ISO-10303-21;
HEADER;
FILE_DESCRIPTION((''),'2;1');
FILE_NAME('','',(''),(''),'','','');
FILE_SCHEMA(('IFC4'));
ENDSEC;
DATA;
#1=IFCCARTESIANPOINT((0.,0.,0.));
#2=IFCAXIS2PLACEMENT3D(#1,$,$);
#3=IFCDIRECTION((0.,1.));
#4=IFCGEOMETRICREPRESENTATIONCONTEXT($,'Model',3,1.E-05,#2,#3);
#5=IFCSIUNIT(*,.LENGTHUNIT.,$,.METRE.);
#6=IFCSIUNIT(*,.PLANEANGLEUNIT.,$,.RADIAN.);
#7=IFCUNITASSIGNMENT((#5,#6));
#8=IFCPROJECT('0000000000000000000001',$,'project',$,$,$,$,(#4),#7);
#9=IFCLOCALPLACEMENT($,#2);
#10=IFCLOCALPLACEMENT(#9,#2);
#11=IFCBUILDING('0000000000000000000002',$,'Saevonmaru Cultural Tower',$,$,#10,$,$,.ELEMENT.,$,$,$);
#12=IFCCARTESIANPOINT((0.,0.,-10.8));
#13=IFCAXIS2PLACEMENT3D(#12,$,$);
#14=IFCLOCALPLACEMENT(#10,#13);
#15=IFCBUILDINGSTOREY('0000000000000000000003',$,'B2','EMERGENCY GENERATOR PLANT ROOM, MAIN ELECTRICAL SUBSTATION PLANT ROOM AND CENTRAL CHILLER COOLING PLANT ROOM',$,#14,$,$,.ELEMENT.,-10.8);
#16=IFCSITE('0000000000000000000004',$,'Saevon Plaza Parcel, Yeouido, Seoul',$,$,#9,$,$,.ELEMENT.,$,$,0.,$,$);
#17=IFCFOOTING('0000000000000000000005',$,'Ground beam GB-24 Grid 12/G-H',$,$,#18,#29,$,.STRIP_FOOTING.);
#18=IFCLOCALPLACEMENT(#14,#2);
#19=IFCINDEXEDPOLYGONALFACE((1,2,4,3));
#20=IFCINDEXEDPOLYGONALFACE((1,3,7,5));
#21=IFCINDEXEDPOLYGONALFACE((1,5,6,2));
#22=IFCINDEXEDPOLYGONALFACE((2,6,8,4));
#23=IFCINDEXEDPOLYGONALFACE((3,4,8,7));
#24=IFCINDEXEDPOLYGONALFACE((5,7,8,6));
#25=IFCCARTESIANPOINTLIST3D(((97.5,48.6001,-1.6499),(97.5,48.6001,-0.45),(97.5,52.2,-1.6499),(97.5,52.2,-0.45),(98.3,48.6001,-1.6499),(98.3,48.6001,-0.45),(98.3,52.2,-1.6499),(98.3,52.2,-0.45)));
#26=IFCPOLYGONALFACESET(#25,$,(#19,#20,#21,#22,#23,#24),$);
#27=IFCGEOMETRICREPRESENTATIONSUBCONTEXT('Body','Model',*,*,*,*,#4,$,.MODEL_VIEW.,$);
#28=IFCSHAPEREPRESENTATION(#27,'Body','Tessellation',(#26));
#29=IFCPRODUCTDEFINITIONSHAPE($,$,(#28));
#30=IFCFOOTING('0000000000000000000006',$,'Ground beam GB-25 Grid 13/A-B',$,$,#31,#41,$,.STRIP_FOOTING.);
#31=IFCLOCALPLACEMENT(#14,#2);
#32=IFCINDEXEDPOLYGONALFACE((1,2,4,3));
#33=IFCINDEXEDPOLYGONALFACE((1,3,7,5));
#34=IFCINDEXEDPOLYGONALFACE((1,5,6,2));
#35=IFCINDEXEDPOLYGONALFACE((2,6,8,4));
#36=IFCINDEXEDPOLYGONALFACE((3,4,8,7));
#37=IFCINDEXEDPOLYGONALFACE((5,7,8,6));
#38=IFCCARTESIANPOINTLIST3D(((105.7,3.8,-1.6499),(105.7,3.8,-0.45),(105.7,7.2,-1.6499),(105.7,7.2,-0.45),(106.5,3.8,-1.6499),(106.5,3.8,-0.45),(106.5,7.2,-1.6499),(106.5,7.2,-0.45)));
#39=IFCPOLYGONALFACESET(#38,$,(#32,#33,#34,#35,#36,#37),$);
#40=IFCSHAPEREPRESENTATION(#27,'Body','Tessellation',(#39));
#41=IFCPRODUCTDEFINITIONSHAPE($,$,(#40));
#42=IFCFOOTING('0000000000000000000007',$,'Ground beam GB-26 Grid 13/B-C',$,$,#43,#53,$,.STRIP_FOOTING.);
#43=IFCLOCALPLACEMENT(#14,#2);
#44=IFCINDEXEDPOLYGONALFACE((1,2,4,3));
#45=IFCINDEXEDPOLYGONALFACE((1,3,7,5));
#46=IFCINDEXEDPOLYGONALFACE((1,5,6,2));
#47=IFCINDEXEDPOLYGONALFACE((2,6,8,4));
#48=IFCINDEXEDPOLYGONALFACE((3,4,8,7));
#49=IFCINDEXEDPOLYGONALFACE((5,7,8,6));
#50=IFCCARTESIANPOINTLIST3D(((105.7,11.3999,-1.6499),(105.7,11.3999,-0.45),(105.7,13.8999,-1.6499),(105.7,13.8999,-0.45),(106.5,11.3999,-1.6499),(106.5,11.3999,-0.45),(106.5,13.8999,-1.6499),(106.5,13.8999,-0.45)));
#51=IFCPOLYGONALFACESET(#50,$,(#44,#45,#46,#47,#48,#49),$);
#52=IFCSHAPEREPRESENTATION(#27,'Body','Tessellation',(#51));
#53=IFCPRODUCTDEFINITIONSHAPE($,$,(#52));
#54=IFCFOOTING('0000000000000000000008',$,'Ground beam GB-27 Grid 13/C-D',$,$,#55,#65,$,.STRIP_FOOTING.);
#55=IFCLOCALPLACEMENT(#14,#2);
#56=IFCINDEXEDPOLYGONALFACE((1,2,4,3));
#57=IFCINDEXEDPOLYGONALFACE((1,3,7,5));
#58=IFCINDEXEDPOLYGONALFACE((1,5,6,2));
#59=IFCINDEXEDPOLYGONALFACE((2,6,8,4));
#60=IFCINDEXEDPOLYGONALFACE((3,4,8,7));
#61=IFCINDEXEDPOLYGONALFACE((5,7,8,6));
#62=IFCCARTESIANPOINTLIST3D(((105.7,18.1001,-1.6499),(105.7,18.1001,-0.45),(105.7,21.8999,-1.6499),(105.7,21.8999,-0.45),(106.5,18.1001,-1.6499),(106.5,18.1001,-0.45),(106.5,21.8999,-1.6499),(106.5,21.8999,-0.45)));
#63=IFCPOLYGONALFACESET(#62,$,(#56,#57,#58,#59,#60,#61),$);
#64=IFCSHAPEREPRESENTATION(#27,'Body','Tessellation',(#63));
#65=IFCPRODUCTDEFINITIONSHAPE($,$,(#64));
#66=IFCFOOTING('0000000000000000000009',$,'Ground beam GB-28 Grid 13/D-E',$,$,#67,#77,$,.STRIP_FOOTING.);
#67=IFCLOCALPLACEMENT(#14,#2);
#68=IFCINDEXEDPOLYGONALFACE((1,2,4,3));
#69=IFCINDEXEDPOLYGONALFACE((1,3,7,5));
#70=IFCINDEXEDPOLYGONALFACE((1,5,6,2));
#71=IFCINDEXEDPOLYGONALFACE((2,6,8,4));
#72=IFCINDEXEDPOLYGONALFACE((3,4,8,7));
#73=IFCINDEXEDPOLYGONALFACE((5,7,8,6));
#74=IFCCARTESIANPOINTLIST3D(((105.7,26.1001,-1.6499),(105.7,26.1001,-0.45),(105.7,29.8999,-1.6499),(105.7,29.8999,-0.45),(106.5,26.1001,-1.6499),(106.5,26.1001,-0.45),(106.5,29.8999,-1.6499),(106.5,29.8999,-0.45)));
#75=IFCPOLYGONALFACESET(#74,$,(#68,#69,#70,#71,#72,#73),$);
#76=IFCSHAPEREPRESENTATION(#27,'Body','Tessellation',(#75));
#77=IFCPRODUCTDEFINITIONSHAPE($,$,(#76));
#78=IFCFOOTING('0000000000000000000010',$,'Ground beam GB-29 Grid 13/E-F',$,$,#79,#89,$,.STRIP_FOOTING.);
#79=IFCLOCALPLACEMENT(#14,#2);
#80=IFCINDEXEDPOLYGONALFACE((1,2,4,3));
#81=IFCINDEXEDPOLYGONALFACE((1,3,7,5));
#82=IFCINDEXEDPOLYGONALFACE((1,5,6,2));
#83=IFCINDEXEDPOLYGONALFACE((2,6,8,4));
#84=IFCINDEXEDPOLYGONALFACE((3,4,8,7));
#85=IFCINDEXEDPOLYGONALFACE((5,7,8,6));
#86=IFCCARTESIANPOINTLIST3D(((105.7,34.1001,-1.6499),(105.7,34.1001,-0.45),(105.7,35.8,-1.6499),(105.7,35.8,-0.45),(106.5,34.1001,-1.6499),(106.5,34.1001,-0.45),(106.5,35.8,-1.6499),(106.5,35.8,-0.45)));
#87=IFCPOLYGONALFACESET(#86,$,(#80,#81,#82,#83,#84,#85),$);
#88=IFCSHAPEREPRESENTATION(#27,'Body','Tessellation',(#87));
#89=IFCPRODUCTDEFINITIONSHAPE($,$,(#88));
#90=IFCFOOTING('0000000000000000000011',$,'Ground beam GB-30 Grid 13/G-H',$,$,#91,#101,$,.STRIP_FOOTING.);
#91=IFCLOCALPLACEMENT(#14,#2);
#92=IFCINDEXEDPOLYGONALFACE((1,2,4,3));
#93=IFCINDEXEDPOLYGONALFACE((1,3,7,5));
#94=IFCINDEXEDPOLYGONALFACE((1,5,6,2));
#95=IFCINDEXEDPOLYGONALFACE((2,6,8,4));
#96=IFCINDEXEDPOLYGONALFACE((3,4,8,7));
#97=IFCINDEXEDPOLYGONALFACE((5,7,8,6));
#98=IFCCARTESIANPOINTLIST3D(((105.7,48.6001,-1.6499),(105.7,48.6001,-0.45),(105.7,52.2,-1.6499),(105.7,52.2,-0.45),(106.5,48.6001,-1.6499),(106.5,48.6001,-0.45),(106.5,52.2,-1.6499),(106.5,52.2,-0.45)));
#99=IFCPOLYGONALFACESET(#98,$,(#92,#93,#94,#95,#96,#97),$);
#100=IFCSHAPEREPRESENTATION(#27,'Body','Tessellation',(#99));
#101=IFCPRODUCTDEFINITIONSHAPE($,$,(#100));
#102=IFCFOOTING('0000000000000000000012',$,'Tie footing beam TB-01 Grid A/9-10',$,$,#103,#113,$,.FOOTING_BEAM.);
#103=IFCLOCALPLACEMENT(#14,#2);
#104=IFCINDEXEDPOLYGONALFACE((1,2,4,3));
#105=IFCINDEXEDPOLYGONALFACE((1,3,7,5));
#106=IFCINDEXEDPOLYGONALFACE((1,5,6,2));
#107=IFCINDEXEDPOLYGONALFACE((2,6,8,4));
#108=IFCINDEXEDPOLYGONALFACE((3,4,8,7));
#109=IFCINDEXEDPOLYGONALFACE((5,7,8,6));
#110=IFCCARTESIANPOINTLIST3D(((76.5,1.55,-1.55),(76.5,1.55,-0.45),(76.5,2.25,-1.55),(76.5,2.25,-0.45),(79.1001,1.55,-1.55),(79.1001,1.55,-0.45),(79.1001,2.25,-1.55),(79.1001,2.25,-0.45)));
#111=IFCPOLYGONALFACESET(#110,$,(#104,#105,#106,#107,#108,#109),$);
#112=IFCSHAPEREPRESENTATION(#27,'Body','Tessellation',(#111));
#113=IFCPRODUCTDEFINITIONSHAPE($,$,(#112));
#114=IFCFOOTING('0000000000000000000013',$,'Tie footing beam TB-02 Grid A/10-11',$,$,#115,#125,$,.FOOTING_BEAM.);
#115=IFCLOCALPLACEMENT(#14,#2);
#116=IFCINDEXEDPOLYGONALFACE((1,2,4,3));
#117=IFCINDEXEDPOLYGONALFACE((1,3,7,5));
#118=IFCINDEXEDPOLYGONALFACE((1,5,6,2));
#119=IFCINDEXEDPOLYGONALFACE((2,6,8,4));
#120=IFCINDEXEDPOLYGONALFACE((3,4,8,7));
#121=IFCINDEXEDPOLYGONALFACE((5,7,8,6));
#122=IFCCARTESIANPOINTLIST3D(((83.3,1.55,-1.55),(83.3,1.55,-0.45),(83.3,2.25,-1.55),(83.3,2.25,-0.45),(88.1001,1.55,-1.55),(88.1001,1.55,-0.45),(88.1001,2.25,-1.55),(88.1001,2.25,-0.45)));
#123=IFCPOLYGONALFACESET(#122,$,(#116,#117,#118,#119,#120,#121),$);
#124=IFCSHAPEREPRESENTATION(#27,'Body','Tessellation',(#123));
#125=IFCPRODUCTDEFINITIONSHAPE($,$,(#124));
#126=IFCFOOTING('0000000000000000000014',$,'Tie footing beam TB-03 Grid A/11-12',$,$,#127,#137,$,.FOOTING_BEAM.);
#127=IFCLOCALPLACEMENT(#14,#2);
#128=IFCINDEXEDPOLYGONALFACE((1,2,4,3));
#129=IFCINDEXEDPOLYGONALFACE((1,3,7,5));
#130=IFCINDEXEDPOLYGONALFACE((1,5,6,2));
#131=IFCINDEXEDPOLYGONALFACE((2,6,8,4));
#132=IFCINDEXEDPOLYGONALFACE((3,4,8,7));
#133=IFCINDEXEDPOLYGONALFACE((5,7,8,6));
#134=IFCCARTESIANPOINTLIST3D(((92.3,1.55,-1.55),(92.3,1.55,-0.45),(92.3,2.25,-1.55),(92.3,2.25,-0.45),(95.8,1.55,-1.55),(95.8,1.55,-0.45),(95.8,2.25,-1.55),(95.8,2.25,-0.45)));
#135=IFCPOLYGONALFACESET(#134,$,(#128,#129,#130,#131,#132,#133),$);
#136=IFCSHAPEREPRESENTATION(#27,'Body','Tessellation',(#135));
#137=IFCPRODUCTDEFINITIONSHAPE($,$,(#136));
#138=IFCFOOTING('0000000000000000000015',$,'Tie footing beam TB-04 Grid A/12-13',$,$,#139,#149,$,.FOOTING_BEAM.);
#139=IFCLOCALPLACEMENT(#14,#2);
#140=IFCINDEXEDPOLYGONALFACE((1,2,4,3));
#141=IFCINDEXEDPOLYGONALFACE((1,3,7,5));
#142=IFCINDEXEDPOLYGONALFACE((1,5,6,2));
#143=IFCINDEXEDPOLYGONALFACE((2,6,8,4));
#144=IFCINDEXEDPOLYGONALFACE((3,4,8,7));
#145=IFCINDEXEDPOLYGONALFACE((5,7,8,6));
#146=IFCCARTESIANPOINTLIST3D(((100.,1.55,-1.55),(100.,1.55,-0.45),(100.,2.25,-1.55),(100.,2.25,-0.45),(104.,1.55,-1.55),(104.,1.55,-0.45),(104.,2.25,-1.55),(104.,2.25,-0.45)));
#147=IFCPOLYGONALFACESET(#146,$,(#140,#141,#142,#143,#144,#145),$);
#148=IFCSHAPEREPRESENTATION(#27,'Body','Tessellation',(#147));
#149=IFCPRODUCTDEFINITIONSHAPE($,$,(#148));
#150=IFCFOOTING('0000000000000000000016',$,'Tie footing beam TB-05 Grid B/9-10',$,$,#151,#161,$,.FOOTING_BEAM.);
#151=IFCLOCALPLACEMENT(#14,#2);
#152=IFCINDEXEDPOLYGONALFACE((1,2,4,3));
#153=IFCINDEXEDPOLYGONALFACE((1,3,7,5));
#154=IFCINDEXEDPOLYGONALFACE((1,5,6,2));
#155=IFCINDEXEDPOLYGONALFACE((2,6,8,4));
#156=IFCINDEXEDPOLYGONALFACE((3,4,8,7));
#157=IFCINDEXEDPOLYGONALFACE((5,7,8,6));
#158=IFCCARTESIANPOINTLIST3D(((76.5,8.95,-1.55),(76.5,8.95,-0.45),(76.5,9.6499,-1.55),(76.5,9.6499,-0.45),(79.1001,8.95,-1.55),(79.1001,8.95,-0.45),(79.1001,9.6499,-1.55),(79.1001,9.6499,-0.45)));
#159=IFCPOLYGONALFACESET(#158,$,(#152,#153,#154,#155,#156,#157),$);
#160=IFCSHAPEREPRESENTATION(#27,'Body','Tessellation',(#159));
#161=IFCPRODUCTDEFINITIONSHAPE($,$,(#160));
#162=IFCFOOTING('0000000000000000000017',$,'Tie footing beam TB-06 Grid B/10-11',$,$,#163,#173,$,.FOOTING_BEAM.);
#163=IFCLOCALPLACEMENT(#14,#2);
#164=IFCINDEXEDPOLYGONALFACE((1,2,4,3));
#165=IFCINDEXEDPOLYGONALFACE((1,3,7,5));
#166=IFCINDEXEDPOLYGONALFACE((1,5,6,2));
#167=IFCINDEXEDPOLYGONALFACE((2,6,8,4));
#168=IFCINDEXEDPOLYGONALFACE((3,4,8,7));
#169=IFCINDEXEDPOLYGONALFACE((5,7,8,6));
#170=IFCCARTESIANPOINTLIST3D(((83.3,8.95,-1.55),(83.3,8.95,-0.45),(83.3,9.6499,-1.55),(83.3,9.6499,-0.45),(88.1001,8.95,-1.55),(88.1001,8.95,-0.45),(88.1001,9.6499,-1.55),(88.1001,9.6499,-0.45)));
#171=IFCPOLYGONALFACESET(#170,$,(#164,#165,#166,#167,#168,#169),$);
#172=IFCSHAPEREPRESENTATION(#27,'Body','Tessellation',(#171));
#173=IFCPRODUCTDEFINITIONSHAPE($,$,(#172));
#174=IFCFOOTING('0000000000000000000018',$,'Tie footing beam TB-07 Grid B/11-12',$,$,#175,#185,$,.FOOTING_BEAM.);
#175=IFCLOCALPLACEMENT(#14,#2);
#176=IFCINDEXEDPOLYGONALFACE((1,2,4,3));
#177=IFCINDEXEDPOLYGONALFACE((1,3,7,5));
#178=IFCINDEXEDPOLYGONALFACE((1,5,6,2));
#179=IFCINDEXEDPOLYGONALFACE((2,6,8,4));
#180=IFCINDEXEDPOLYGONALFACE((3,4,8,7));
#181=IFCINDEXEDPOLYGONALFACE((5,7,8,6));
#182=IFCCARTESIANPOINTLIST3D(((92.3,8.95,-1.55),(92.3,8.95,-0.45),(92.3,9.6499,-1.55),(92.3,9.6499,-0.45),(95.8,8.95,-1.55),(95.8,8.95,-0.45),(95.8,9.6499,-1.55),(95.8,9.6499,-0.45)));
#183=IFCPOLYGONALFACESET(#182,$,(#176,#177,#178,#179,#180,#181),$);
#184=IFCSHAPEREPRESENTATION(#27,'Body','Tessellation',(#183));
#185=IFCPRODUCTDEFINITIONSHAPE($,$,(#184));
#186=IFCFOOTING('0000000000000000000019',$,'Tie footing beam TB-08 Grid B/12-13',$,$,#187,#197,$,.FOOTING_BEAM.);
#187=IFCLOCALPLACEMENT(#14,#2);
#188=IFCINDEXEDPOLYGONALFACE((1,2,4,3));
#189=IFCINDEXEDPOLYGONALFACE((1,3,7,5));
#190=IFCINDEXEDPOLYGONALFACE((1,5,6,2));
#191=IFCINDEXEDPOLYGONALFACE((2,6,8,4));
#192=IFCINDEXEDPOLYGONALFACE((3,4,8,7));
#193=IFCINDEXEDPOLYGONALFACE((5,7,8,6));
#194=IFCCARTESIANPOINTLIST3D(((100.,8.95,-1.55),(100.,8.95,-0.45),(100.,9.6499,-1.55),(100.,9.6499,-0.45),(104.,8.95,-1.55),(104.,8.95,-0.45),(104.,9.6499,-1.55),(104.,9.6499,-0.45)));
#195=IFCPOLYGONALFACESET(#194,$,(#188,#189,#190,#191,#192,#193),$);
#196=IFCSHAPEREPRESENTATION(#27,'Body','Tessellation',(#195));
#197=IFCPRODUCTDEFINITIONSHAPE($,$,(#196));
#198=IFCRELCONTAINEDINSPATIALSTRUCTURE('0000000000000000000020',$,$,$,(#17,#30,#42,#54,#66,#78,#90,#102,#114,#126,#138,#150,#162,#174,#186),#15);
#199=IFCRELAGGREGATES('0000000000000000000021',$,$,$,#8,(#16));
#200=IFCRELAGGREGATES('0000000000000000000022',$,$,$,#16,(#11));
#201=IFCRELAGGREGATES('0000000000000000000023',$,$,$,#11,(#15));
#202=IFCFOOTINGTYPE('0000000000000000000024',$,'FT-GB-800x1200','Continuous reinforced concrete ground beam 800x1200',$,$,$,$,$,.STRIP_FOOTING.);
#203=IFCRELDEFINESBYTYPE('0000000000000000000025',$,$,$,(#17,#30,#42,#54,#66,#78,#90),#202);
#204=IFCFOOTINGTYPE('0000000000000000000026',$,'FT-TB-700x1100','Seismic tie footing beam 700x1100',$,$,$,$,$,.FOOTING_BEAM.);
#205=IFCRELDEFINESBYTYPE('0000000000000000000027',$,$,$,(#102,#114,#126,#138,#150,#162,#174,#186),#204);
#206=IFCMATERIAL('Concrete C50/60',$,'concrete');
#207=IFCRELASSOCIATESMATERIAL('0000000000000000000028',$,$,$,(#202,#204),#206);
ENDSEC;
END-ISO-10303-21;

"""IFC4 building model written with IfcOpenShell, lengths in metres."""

from ifc_helpers import new_model, si_unit, direction, frame, origin, place, context, subcontext, project, spatial, polyline, outline, extrude, material, type_object, element, save


model = new_model("IFC4")

# Units and contexts
model_context = context("Model", 3, precision=1e-05, world=origin(), true_north=direction((0.0, 1.0)))
body_context = subcontext(model_context, "Body", "Model", "MODEL_VIEW")
ifc_project = project(units=[si_unit("LENGTHUNIT", "METRE"), si_unit("PLANEANGLEUNIT", "RADIAN")], contexts=[model_context])

# Site, building, storey
site_placement = place(None, origin())
site = spatial("IfcSite", under=ifc_project, at=site_placement, Name="Saevon Plaza Parcel, Yeouido, Seoul", CompositionType="ELEMENT", RefElevation=0.0)
building_placement = place(site_placement, origin())
building = spatial("IfcBuilding", under=site, at=building_placement, Name="Saevonmaru Cultural Tower", CompositionType="ELEMENT")
storey_placement = place(building_placement, frame((0.0, 0.0, -10.8)))
storey = spatial("IfcBuildingStorey", under=building, at=storey_placement, Name="B2", Description="EMERGENCY GENERATOR PLANT ROOM, MAIN ELECTRICAL SUBSTATION PLANT ROOM AND CENTRAL CHILLER COOLING PLANT ROOM", CompositionType="ELEMENT", Elevation=-10.8)

# Footings
ifc_material = material(Name="Concrete C50/60", Category="concrete")
footing_type_1 = type_object("IfcFootingType", Name="FT-GB-800x1200", Description="Continuous reinforced concrete ground beam 800x1200", PredefinedType="STRIP_FOOTING", material=ifc_material)
footing_1_placement = place(storey_placement, frame((0.0, 0.0, -1.6499)))
element("IfcFooting", 1, at=footing_1_placement, inside=storey, type_object=footing_type_1, Name="Ground beam GB-24 Grid 12/G-H", PredefinedType="STRIP_FOOTING", context=body_context, shape_type="SweptSolid", body=[
    extrude(outline(polyline([(97.5, 48.6001), (98.3, 48.6001), (98.3, 52.2), (97.5, 52.2), (97.5, 48.6001)])), origin(), (0.0, 0.0, 1.0), 1.2),
])
footing_2_placement = place(storey_placement, frame((0.0, 0.0, -1.6499)))
element("IfcFooting", 2, at=footing_2_placement, inside=storey, type_object=footing_type_1, Name="Ground beam GB-25 Grid 13/A-B", PredefinedType="STRIP_FOOTING", context=body_context, shape_type="SweptSolid", body=[
    extrude(outline(polyline([(105.7, 3.8), (106.5, 3.8), (106.5, 7.2), (105.7, 7.2), (105.7, 3.8)])), origin(), (0.0, 0.0, 1.0), 1.2),
])
footing_3_placement = place(storey_placement, frame((0.0, 0.0, -1.6499)))
element("IfcFooting", 3, at=footing_3_placement, inside=storey, type_object=footing_type_1, Name="Ground beam GB-26 Grid 13/B-C", PredefinedType="STRIP_FOOTING", context=body_context, shape_type="SweptSolid", body=[
    extrude(outline(polyline([(105.7, 11.3999), (106.5, 11.3999), (106.5, 13.8999), (105.7, 13.8999), (105.7, 11.3999)])), origin(), (0.0, 0.0, 1.0), 1.2),
])
footing_4_placement = place(storey_placement, frame((0.0, 0.0, -1.6499)))
element("IfcFooting", 4, at=footing_4_placement, inside=storey, type_object=footing_type_1, Name="Ground beam GB-27 Grid 13/C-D", PredefinedType="STRIP_FOOTING", context=body_context, shape_type="SweptSolid", body=[
    extrude(outline(polyline([(105.7, 18.1001), (106.5, 18.1001), (106.5, 21.8999), (105.7, 21.8999), (105.7, 18.1001)])), origin(), (0.0, 0.0, 1.0), 1.2),
])
footing_5_placement = place(storey_placement, frame((0.0, 0.0, -1.6499)))
element("IfcFooting", 5, at=footing_5_placement, inside=storey, type_object=footing_type_1, Name="Ground beam GB-28 Grid 13/D-E", PredefinedType="STRIP_FOOTING", context=body_context, shape_type="SweptSolid", body=[
    extrude(outline(polyline([(105.7, 26.1001), (106.5, 26.1001), (106.5, 29.8999), (105.7, 29.8999), (105.7, 26.1001)])), origin(), (0.0, 0.0, 1.0), 1.2),
])
footing_6_placement = place(storey_placement, frame((0.0, 0.0, -1.6499)))
element("IfcFooting", 6, at=footing_6_placement, inside=storey, type_object=footing_type_1, Name="Ground beam GB-29 Grid 13/E-F", PredefinedType="STRIP_FOOTING", context=body_context, shape_type="SweptSolid", body=[
    extrude(outline(polyline([(105.7, 34.1001), (106.5, 34.1001), (106.5, 35.8), (105.7, 35.8), (105.7, 34.1001)])), origin(), (0.0, 0.0, 1.0), 1.2),
])
footing_7_placement = place(storey_placement, frame((0.0, 0.0, -1.6499)))
element("IfcFooting", 7, at=footing_7_placement, inside=storey, type_object=footing_type_1, Name="Ground beam GB-30 Grid 13/G-H", PredefinedType="STRIP_FOOTING", context=body_context, shape_type="SweptSolid", body=[
    extrude(outline(polyline([(105.7, 48.6001), (106.5, 48.6001), (106.5, 52.2), (105.7, 52.2), (105.7, 48.6001)])), origin(), (0.0, 0.0, 1.0), 1.2),
])
footing_type_2 = type_object("IfcFootingType", Name="FT-TB-700x1100", Description="Seismic tie footing beam 700x1100", PredefinedType="FOOTING_BEAM", material=ifc_material)
footing_8_placement = place(storey_placement, frame((0.0, 0.0, -1.55)))
element("IfcFooting", 8, at=footing_8_placement, inside=storey, type_object=footing_type_2, Name="Tie footing beam TB-01 Grid A/9-10", PredefinedType="FOOTING_BEAM", context=body_context, shape_type="SweptSolid", body=[
    extrude(outline(polyline([(76.5, 1.55), (79.1001, 1.55), (79.1001, 2.25), (76.5, 2.25), (76.5, 1.55)])), origin(), (0.0, 0.0, 1.0), 1.1001),
])
footing_9_placement = place(storey_placement, frame((0.0, 0.0, -1.55)))
element("IfcFooting", 9, at=footing_9_placement, inside=storey, type_object=footing_type_2, Name="Tie footing beam TB-02 Grid A/10-11", PredefinedType="FOOTING_BEAM", context=body_context, shape_type="SweptSolid", body=[
    extrude(outline(polyline([(83.3, 1.55), (88.1001, 1.55), (88.1001, 2.25), (83.3, 2.25), (83.3, 1.55)])), origin(), (0.0, 0.0, 1.0), 1.1001),
])
footing_10_placement = place(storey_placement, frame((0.0, 0.0, -1.55)))
element("IfcFooting", 10, at=footing_10_placement, inside=storey, type_object=footing_type_2, Name="Tie footing beam TB-03 Grid A/11-12", PredefinedType="FOOTING_BEAM", context=body_context, shape_type="SweptSolid", body=[
    extrude(outline(polyline([(92.3, 1.55), (95.8, 1.55), (95.8, 2.25), (92.3, 2.25), (92.3, 1.55)])), origin(), (0.0, 0.0, 1.0), 1.1001),
])
footing_11_placement = place(storey_placement, frame((0.0, 0.0, -1.55)))
element("IfcFooting", 11, at=footing_11_placement, inside=storey, type_object=footing_type_2, Name="Tie footing beam TB-04 Grid A/12-13", PredefinedType="FOOTING_BEAM", context=body_context, shape_type="SweptSolid", body=[
    extrude(outline(polyline([(100.0, 1.55), (104.0, 1.55), (104.0, 2.25), (100.0, 2.25), (100.0, 1.55)])), origin(), (0.0, 0.0, 1.0), 1.1001),
])
footing_12_placement = place(storey_placement, frame((0.0, 0.0, -1.55)))
element("IfcFooting", 12, at=footing_12_placement, inside=storey, type_object=footing_type_2, Name="Tie footing beam TB-05 Grid B/9-10", PredefinedType="FOOTING_BEAM", context=body_context, shape_type="SweptSolid", body=[
    extrude(outline(polyline([(76.5, 8.95), (79.1001, 8.95), (79.1001, 9.6499), (76.5, 9.6499), (76.5, 8.95)])), origin(), (0.0, 0.0, 1.0), 1.1001),
])
footing_13_placement = place(storey_placement, frame((0.0, 0.0, -1.55)))
element("IfcFooting", 13, at=footing_13_placement, inside=storey, type_object=footing_type_2, Name="Tie footing beam TB-06 Grid B/10-11", PredefinedType="FOOTING_BEAM", context=body_context, shape_type="SweptSolid", body=[
    extrude(outline(polyline([(83.3, 8.95), (88.1001, 8.95), (88.1001, 9.6499), (83.3, 9.6499), (83.3, 8.95)])), origin(), (0.0, 0.0, 1.0), 1.1001),
])
footing_14_placement = place(storey_placement, frame((0.0, 0.0, -1.55)))
element("IfcFooting", 14, at=footing_14_placement, inside=storey, type_object=footing_type_2, Name="Tie footing beam TB-07 Grid B/11-12", PredefinedType="FOOTING_BEAM", context=body_context, shape_type="SweptSolid", body=[
    extrude(outline(polyline([(92.3, 8.95), (95.8, 8.95), (95.8, 9.6499), (92.3, 9.6499), (92.3, 8.95)])), origin(), (0.0, 0.0, 1.0), 1.1001),
])
footing_15_placement = place(storey_placement, frame((0.0, 0.0, -1.55)))
element("IfcFooting", 15, at=footing_15_placement, inside=storey, type_object=footing_type_2, Name="Tie footing beam TB-08 Grid B/12-13", PredefinedType="FOOTING_BEAM", context=body_context, shape_type="SweptSolid", body=[
    extrude(outline(polyline([(100.0, 8.95), (104.0, 8.95), (104.0, 9.6499), (100.0, 9.6499), (100.0, 8.95)])), origin(), (0.0, 0.0, 1.0), 1.1001),
])

save(model, "model.ifc")
